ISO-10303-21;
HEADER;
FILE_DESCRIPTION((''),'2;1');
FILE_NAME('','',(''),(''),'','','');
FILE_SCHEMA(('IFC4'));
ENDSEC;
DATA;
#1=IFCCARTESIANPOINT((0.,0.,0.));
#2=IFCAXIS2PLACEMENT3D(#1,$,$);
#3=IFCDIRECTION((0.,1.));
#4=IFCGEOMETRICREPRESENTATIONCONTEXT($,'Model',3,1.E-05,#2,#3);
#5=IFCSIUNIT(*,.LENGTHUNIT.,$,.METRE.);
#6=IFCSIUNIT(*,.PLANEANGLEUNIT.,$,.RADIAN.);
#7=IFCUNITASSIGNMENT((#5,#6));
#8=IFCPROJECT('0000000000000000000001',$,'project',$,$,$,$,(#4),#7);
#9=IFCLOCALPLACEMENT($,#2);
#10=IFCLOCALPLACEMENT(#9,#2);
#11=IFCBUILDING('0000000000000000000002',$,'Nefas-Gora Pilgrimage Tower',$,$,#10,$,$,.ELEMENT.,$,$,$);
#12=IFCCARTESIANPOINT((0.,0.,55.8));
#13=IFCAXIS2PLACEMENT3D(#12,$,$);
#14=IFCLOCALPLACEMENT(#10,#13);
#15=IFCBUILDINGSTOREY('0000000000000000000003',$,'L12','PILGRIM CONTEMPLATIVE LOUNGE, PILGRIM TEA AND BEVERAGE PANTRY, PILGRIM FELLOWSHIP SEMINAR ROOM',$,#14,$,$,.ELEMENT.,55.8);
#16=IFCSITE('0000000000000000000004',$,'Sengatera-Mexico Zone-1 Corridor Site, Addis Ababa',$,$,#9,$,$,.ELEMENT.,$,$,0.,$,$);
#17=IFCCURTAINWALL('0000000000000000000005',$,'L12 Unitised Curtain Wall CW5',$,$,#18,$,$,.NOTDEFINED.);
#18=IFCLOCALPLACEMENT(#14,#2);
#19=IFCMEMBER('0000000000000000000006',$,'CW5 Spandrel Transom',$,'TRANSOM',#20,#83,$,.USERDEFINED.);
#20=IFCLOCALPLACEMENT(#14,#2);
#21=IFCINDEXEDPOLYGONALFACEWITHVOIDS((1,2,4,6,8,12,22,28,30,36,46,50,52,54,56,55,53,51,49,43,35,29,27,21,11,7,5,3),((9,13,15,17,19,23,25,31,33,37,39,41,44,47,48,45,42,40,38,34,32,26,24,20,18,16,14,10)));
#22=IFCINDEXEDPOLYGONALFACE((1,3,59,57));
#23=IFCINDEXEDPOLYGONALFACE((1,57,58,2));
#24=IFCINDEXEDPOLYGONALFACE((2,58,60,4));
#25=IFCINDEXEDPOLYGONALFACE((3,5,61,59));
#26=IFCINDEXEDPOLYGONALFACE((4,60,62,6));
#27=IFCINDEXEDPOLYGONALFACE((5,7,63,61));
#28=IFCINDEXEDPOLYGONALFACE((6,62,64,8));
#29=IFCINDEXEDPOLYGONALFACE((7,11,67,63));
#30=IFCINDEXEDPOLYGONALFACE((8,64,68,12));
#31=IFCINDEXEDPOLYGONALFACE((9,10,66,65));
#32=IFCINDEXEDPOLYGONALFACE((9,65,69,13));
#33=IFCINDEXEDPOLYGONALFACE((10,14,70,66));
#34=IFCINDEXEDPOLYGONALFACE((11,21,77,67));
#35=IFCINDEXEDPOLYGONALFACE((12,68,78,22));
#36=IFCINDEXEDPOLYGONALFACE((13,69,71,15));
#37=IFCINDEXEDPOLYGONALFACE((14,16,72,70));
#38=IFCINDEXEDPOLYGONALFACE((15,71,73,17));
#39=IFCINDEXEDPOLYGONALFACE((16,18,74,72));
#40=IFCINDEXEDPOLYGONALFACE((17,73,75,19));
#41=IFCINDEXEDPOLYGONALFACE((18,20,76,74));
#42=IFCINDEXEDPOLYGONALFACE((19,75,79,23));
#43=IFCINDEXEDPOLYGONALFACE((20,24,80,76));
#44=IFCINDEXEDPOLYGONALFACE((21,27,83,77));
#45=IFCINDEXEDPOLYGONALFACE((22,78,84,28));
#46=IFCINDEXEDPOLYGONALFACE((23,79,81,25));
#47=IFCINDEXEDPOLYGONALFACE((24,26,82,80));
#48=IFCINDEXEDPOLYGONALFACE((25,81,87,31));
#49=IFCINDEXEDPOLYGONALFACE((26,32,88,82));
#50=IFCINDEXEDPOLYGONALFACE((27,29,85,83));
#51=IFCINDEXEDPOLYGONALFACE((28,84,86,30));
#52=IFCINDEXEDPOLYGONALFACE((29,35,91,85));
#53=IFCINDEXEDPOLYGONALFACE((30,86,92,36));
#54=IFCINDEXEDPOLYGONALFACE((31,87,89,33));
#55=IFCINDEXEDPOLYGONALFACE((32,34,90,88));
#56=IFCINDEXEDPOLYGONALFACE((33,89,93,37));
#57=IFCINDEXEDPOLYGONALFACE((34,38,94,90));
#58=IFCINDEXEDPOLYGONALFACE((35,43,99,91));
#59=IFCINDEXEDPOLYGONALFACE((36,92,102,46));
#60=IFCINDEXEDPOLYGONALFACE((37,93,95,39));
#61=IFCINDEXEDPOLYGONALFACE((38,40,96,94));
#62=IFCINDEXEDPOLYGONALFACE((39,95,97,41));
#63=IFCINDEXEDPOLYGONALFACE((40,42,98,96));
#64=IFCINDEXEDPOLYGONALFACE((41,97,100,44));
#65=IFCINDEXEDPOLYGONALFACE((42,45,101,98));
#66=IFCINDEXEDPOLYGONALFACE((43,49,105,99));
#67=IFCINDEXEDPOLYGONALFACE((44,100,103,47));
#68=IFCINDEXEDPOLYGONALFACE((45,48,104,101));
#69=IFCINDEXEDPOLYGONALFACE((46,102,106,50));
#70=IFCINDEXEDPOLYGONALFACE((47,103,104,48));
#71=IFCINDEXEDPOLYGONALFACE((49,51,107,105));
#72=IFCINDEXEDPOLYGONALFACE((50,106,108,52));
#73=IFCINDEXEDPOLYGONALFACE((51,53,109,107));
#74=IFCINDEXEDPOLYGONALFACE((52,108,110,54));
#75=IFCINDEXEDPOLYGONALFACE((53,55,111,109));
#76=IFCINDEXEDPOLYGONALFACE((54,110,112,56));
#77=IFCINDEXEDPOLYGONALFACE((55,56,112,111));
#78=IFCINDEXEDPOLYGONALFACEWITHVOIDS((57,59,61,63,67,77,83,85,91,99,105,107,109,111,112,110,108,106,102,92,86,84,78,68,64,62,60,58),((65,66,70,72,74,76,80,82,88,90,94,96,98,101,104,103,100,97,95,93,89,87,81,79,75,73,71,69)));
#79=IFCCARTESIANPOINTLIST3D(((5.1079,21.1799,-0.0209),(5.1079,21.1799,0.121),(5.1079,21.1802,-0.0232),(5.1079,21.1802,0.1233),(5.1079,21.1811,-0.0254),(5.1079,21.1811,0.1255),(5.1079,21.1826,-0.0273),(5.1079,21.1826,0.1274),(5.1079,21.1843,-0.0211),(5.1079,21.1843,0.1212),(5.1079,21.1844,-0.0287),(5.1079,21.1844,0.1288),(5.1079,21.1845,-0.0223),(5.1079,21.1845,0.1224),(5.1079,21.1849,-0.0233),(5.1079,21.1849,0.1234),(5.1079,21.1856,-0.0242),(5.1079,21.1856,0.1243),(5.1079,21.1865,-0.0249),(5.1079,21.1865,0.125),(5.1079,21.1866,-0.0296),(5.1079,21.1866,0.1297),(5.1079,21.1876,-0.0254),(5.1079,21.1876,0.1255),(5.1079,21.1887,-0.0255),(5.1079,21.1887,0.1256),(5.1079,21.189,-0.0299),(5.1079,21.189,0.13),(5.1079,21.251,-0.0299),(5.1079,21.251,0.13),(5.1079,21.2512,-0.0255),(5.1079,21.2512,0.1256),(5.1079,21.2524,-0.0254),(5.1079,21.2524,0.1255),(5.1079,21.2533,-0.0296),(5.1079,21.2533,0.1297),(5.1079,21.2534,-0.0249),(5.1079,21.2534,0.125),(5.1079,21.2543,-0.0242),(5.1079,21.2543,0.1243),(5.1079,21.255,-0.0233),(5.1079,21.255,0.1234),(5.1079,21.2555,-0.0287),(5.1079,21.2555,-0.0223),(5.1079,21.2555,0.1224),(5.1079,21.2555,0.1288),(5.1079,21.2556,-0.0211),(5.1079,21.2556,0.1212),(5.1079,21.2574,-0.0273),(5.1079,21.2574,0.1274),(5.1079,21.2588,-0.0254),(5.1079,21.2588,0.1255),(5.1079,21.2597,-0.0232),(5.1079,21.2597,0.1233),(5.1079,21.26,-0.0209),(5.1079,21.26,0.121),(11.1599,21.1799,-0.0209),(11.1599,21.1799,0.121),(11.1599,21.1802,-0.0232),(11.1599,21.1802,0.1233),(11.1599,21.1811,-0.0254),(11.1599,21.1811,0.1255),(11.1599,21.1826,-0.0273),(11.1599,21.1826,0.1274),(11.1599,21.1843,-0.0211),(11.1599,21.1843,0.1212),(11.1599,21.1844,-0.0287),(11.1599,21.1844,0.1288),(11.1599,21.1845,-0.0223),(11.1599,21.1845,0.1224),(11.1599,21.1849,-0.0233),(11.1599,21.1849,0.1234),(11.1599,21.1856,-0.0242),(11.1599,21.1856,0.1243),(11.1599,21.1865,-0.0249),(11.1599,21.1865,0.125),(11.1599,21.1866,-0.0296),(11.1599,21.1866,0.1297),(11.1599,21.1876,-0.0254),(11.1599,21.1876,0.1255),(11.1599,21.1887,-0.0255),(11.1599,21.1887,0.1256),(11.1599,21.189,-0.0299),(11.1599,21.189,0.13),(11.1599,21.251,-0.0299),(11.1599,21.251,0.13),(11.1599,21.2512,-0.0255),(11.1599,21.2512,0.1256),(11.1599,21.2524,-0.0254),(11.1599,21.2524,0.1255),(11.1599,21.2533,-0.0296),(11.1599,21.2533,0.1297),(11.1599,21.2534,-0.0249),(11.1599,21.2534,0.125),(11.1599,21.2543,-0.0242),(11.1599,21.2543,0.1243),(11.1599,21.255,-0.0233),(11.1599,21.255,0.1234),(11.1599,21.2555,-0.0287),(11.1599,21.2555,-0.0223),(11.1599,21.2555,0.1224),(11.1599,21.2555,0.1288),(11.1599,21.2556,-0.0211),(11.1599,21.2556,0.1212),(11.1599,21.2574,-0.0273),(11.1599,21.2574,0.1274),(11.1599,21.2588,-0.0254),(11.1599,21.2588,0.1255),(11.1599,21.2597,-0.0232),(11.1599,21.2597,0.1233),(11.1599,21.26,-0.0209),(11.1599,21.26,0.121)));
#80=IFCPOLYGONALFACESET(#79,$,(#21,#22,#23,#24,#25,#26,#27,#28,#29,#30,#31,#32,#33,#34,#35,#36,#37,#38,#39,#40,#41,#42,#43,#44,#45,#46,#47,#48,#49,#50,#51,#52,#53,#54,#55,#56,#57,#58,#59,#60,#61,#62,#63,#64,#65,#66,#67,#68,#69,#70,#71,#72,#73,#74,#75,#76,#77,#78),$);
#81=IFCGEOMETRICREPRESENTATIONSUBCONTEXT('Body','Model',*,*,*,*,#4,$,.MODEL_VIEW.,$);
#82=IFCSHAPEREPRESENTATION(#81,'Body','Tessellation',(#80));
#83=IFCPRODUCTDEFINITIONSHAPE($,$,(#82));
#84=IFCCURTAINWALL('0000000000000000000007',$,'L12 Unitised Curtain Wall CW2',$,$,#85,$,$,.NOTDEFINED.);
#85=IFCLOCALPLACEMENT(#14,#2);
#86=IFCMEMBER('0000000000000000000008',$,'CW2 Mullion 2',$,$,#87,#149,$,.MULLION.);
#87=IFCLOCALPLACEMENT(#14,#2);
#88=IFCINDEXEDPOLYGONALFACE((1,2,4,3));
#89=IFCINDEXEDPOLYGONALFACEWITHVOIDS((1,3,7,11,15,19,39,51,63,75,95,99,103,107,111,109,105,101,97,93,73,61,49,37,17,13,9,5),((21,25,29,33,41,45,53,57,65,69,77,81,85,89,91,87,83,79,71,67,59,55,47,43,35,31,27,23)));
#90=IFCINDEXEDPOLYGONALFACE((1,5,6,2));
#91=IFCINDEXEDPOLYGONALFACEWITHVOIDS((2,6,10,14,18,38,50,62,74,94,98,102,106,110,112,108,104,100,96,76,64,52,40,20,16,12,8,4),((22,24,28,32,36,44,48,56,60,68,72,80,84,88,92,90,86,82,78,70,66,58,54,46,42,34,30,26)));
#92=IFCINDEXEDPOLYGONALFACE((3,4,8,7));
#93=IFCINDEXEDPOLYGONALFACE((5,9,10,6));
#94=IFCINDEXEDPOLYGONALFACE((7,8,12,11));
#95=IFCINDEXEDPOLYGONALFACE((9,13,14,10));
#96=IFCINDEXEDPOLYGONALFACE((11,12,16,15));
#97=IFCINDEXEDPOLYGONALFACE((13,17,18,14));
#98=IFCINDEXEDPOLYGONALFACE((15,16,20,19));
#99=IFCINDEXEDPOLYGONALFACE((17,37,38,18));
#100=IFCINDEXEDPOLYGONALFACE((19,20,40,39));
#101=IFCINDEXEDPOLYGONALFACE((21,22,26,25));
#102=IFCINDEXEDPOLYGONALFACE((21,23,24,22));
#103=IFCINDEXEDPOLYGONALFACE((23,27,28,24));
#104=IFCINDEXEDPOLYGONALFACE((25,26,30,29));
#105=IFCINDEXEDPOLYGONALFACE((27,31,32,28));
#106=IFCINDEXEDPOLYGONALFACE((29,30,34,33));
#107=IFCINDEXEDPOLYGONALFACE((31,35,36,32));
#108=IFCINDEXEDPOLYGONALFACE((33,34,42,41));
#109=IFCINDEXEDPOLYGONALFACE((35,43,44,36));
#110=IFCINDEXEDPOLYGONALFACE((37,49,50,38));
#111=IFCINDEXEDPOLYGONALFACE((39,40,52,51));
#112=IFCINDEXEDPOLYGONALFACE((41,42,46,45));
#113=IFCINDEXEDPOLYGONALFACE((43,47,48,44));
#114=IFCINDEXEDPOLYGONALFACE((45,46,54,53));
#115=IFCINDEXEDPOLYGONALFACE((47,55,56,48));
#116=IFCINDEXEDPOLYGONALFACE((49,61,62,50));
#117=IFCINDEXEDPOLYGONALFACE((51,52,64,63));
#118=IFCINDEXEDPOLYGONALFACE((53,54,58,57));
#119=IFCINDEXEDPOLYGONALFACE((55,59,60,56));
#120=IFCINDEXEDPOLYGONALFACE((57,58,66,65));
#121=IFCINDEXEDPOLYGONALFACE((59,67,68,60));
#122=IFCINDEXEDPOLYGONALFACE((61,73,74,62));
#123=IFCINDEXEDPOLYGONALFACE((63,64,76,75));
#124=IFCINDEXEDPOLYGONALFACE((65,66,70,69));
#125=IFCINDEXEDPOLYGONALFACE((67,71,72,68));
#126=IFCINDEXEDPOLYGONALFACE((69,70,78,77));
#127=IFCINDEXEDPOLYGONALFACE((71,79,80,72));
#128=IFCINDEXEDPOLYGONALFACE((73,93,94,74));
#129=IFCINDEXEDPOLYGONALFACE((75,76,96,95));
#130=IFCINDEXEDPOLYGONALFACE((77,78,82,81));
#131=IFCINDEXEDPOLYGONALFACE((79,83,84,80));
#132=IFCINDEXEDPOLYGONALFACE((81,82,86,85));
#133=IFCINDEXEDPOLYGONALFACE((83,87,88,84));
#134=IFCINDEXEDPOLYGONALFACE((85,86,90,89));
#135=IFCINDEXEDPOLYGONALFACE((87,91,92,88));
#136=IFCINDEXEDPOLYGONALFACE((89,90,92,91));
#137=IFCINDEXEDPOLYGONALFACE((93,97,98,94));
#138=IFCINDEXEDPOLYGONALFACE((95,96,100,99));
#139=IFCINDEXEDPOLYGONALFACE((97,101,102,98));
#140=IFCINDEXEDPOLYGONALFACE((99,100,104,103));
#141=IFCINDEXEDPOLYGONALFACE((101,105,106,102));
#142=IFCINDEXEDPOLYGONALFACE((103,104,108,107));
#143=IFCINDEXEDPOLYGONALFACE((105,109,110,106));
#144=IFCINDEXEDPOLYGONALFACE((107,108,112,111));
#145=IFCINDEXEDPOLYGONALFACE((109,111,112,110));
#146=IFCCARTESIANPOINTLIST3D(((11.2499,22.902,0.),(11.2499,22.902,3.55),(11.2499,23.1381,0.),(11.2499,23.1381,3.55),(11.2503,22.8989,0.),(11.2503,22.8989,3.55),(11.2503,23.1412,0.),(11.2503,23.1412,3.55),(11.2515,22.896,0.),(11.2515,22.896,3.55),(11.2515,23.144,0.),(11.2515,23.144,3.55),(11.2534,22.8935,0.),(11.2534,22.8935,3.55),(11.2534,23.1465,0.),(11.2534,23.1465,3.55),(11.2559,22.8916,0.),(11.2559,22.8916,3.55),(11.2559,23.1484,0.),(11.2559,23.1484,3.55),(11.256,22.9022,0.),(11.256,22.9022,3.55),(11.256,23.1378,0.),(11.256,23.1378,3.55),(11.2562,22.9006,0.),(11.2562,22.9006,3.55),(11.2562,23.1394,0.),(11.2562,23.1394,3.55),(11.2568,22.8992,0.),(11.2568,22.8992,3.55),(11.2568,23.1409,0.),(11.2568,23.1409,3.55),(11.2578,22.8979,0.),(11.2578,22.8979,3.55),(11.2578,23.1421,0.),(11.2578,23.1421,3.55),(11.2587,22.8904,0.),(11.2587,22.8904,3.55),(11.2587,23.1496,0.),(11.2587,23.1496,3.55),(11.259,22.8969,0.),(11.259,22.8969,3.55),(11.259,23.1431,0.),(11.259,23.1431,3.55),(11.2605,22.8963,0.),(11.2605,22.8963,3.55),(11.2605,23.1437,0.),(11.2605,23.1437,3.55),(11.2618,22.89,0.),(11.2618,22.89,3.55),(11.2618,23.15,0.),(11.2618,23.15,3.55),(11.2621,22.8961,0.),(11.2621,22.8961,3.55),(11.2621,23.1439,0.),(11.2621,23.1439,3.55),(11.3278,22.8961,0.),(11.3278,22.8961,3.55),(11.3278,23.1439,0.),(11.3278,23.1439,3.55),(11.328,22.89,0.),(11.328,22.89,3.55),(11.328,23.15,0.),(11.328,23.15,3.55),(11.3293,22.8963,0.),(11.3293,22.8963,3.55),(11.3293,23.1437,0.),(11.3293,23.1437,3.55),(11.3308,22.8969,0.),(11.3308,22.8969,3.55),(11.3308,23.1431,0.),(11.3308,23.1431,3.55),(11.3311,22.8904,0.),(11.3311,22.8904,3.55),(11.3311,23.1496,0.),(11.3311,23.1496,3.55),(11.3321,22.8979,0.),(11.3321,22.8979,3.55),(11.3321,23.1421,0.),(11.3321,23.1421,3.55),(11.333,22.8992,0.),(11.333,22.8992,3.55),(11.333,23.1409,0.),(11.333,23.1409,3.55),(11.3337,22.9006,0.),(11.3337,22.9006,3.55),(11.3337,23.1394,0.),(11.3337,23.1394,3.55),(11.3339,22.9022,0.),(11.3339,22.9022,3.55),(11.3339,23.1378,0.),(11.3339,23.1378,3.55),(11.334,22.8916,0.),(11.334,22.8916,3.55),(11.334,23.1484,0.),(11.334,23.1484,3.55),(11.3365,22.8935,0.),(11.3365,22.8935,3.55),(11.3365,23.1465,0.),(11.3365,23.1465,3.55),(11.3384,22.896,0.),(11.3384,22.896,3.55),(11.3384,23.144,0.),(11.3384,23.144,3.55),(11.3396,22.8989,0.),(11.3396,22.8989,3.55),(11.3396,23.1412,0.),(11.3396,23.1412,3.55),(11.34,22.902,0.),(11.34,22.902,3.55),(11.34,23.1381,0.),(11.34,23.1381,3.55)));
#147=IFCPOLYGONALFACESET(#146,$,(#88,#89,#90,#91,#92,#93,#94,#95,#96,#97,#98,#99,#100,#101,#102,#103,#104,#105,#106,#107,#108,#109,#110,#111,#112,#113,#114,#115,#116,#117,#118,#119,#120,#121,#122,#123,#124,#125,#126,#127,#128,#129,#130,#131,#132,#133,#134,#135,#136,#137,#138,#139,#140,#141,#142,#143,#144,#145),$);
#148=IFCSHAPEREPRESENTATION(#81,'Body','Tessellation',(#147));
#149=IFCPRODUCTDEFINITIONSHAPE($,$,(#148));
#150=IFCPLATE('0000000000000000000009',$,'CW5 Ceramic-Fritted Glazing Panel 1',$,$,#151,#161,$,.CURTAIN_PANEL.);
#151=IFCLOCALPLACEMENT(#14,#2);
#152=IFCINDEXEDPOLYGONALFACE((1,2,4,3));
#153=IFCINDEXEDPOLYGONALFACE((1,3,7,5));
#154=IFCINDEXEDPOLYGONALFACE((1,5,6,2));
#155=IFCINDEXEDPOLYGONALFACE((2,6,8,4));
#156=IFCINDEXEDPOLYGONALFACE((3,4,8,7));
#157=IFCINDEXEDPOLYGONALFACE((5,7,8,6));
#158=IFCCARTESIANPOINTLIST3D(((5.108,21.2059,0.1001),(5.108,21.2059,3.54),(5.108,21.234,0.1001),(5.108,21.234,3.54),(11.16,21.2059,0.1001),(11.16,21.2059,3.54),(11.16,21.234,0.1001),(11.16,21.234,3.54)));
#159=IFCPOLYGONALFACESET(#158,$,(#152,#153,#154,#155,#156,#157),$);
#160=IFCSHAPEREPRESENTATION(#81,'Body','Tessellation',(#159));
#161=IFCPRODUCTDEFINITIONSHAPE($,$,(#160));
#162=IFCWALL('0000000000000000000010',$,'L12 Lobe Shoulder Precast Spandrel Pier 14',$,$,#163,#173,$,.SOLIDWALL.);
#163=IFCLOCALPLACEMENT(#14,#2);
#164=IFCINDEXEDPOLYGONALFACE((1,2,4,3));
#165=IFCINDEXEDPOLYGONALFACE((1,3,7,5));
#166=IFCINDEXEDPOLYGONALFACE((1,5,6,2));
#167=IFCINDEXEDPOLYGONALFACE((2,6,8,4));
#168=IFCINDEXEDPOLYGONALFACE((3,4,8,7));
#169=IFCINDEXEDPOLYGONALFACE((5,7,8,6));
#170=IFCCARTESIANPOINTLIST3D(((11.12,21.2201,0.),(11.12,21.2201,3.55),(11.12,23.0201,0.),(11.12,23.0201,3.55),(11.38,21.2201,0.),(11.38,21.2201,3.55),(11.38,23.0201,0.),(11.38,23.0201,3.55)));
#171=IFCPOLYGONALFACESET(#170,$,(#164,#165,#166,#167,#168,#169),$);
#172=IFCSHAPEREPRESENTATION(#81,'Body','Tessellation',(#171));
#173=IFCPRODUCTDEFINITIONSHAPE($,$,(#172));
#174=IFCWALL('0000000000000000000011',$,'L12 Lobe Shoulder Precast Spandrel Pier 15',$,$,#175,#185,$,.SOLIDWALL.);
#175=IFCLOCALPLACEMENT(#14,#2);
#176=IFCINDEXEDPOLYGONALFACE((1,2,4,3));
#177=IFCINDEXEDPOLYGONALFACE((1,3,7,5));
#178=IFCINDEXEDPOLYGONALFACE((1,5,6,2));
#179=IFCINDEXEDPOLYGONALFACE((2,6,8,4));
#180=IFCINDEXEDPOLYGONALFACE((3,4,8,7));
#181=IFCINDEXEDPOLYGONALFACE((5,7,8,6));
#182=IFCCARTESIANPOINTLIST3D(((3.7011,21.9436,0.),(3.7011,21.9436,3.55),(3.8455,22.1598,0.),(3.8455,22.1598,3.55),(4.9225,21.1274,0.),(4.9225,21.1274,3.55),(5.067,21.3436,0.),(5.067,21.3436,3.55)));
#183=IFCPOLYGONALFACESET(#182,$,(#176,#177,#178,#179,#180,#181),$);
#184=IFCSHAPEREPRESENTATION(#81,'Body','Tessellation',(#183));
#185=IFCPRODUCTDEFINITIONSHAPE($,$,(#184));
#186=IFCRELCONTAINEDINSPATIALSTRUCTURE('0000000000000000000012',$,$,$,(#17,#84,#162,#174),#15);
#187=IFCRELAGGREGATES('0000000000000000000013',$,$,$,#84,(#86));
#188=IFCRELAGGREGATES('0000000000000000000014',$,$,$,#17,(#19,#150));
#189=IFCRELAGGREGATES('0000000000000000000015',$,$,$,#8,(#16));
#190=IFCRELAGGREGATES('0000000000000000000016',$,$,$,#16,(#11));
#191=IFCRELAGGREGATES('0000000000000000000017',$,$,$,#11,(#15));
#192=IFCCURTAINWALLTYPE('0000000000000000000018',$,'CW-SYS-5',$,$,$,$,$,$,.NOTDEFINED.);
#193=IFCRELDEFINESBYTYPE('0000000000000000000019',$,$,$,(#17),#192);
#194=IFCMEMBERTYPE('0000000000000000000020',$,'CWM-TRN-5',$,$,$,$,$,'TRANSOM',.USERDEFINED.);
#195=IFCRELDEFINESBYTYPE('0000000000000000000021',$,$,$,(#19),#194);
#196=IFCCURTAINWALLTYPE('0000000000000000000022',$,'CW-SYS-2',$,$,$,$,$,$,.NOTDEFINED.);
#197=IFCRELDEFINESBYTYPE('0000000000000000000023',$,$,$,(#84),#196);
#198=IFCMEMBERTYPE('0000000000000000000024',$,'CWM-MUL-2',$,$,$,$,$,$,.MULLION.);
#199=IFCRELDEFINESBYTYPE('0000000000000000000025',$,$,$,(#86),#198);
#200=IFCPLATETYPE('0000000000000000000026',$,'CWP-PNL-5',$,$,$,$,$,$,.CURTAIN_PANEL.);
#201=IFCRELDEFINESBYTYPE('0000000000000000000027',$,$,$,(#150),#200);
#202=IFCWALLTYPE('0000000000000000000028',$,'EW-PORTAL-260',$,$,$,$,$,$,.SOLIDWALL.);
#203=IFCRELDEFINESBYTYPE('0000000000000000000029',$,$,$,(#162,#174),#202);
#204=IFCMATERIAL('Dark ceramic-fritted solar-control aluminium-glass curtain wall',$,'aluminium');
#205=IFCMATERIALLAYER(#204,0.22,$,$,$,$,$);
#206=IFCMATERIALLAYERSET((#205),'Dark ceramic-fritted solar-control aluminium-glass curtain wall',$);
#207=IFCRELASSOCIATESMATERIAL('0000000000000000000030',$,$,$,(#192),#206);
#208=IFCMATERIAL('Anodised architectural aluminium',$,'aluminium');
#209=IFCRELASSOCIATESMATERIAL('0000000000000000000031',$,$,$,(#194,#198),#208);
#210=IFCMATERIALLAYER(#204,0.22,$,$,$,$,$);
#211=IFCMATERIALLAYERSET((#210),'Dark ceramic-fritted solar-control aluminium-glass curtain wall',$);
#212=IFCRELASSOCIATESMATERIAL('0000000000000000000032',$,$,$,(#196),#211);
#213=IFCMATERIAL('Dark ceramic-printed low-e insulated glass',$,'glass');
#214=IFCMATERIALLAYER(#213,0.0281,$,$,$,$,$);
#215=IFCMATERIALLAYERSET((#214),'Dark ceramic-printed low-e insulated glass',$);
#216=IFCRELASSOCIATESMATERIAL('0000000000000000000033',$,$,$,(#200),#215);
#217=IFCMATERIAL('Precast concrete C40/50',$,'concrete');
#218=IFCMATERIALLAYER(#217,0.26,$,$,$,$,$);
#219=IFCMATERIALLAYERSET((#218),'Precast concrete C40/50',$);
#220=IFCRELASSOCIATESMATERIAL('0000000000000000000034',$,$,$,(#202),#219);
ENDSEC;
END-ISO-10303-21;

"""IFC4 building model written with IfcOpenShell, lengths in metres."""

from ifc_helpers import new_model, si_unit, direction, frame, frame_2d, origin, origin_2d, place, context, subcontext, project, spatial, rectangle, hollow_rectangle, extrude, source, transform, mapped, material, layer, layer_set, material_profile, profile_set, type_object, element, aggregate, save


model = new_model("IFC4")

# Units and contexts
model_context = context("Model", 3, precision=1e-05, world=origin(), true_north=direction((0.0, 1.0)))
body_context = subcontext(model_context, "Body", "Model", "MODEL_VIEW")
ifc_project = project(units=[si_unit("LENGTHUNIT", "METRE"), si_unit("PLANEANGLEUNIT", "RADIAN")], contexts=[model_context])

# Site, building, storey
site_placement = place(None, origin())
site = spatial("IfcSite", under=ifc_project, at=site_placement, Name="Sengatera-Mexico Zone-1 Corridor Site, Addis Ababa", CompositionType="ELEMENT", RefElevation=0.0)
building_placement = place(site_placement, origin())
building = spatial("IfcBuilding", under=site, at=building_placement, Name="Nefas-Gora Pilgrimage Tower", CompositionType="ELEMENT")
storey_placement = place(building_placement, frame((0.0, 0.0, 55.8)))
storey = spatial("IfcBuildingStorey", under=building, at=storey_placement, Name="L12", Description="PILGRIM CONTEMPLATIVE LOUNGE, PILGRIM TEA AND BEVERAGE PANTRY, PILGRIM FELLOWSHIP SEMINAR ROOM", CompositionType="ELEMENT", Elevation=55.8)

# Curtain wall, member
ifc_material_1 = material(Name="Dark ceramic-fritted solar-control aluminium-glass curtain wall", Category="aluminium")
ifc_layer_1 = layer(ifc_material_1, 0.22)
ifc_layer_set_1 = layer_set([ifc_layer_1], Name="Dark ceramic-fritted solar-control aluminium-glass curtain wall")
curtain_wall_type_1 = type_object("IfcCurtainWallType", Name="CW-SYS-5", PredefinedType="NOTDEFINED", material=ifc_layer_set_1)
curtain_wall_1_placement = place(storey_placement, origin())
curtain_wall_1 = element("IfcCurtainWall", 1, at=curtain_wall_1_placement, inside=storey, type_object=curtain_wall_type_1, Name="L12 Unitised Curtain Wall CW5", PredefinedType="NOTDEFINED")
ifc_material_2 = material(Name="Anodised architectural aluminium", Category="aluminium")
ifc_material_profile_1 = material_profile(ifc_material_2, hollow_rectangle(XDim=0.0801, YDim=0.1599, WallThickness=0.0044, InnerFilletRadius=0.0044, OuterFilletRadius=0.009, at=origin_2d()), Name="ALU TRANSOM 80x160")
ifc_profile_set_1 = profile_set([ifc_material_profile_1], Name="Anodised architectural aluminium")
member_type_1 = type_object("IfcMemberType", Name="CWM-TRN-5", ElementType="TRANSOM", PredefinedType="USERDEFINED", material=ifc_profile_set_1)
shared_shape_1 = source(origin(), body_context, "Body", "SweptSolid", [
    extrude(hollow_rectangle(XDim=0.0801, YDim=0.1599, WallThickness=0.0044, InnerFilletRadius=0.0044, OuterFilletRadius=0.009, at=origin_2d()), origin(), (0.0, 0.0, 1.0), 6.052),
])
member_1_placement = place(storey_placement, frame((11.1599, 21.22, 0.05), z_axis=(-1.0, 0.0, 0.0), x_axis=(0.0, -1.0, 0.0)))
member_1 = element("IfcMember", 2, at=member_1_placement, type_object=member_type_1, Name="CW5 Spandrel Transom", ObjectType="TRANSOM", PredefinedType="USERDEFINED", context=body_context, shape_type="MappedRepresentation", body=[
    mapped(shared_shape_1, transform((0.0, 0.0, 0.0), x_axis=(1.0, 0.0, 0.0), y_axis=(0.0, 1.0, 0.0), z_axis=(0.0, 0.0, 1.0), scale=1.0)),
])

# Curtain wall, member
ifc_layer_2 = layer(ifc_material_1, 0.22)
ifc_layer_set_2 = layer_set([ifc_layer_2], Name="Dark ceramic-fritted solar-control aluminium-glass curtain wall")
curtain_wall_type_2 = type_object("IfcCurtainWallType", Name="CW-SYS-2", PredefinedType="NOTDEFINED", material=ifc_layer_set_2)
curtain_wall_2_placement = place(storey_placement, origin())
curtain_wall_2 = element("IfcCurtainWall", 3, at=curtain_wall_2_placement, inside=storey, type_object=curtain_wall_type_2, Name="L12 Unitised Curtain Wall CW2", PredefinedType="NOTDEFINED")
ifc_material_profile_2 = material_profile(ifc_material_2, hollow_rectangle(XDim=0.0901, YDim=0.26, WallThickness=0.0061, InnerFilletRadius=0.0061, OuterFilletRadius=0.012, at=origin_2d()), Name="ALU MULLION 90x260")
ifc_profile_set_2 = profile_set([ifc_material_profile_2], Name="Anodised architectural aluminium")
member_type_2 = type_object("IfcMemberType", Name="CWM-MUL-2", PredefinedType="MULLION", material=ifc_profile_set_2)
shared_shape_2 = source(origin(), body_context, "Body", "SweptSolid", [
    extrude(hollow_rectangle(XDim=0.0901, YDim=0.26, WallThickness=0.0061, InnerFilletRadius=0.0061, OuterFilletRadius=0.012, at=origin_2d()), origin(), (0.0, 0.0, 1.0), 3.55),
])
member_2_placement = place(storey_placement, frame((11.2949, 23.02, 0.0), z_axis=(0.0, 0.0, 1.0), x_axis=(-1.0, 0.0, 0.0)))
member_2 = element("IfcMember", 4, at=member_2_placement, type_object=member_type_2, Name="CW2 Mullion 2", PredefinedType="MULLION", context=body_context, shape_type="MappedRepresentation", body=[
    mapped(shared_shape_2, transform((0.0, 0.0, 0.0), x_axis=(1.0, 0.0, 0.0), y_axis=(0.0, 1.0, 0.0), z_axis=(0.0, 0.0, 1.0), scale=1.0)),
])
aggregate(curtain_wall_2, [member_2])

# Plate
ifc_material_3 = material(Name="Dark ceramic-printed low-e insulated glass", Category="glass")
ifc_layer_3 = layer(ifc_material_3, 0.0281)
ifc_layer_set_3 = layer_set([ifc_layer_3], Name="Dark ceramic-printed low-e insulated glass")
plate_type = type_object("IfcPlateType", Name="CWP-PNL-5", PredefinedType="CURTAIN_PANEL", material=ifc_layer_set_3)
shared_shape_3 = source(origin(), body_context, "Body", "SweptSolid", [
    extrude(rectangle(XDim=6.052, YDim=0.0281, at=origin_2d()), origin(), (0.0, 0.0, 1.0), 3.4399),
])
plate_placement = place(storey_placement, frame((8.134, 21.22, 0.1001), z_axis=(0.0, 0.0, 1.0), x_axis=(-1.0, 0.0, 0.0)))
plate = element("IfcPlate", 5, at=plate_placement, type_object=plate_type, Name="CW5 Ceramic-Fritted Glazing Panel 1", PredefinedType="CURTAIN_PANEL", context=body_context, shape_type="MappedRepresentation", body=[
    mapped(shared_shape_3, transform((0.0, 0.0, 0.0), x_axis=(1.0, 0.0, 0.0), y_axis=(0.0, 1.0, 0.0), z_axis=(0.0, 0.0, 1.0), scale=1.0)),
])
aggregate(curtain_wall_1, [member_1, plate])

# Walls
ifc_material_4 = material(Name="Precast concrete C40/50", Category="concrete")
ifc_layer_4 = layer(ifc_material_4, 0.26)
ifc_layer_set_4 = layer_set([ifc_layer_4], Name="Precast concrete C40/50")
wall_type_1 = type_object("IfcWallType", Name="EW-PORTAL-260", PredefinedType="SOLIDWALL", material=ifc_layer_set_4)
shared_shape_4 = source(origin(), body_context, "Body", "SweptSolid", [
    extrude(rectangle(XDim=1.8, YDim=0.26, at=frame_2d((0.8999, 0.0))), origin(), (0.0, 0.0, 1.0), 3.55),
])
wall_1_placement = place(storey_placement, frame((11.25, 23.02, 0.0), z_axis=(0.0, 0.0, 1.0), x_axis=(0.0, -1.0, 0.0)))
element("IfcWall", 6, at=wall_1_placement, inside=storey, type_object=wall_type_1, Name="L12 Lobe Shoulder Precast Spandrel Pier 14", PredefinedType="SOLIDWALL", context=body_context, shape_type="MappedRepresentation", body=[
    mapped(shared_shape_4, transform((0.0, 0.0, 0.0), x_axis=(1.0, 0.0, 0.0), y_axis=(0.0, 1.0, 0.0), z_axis=(0.0, 0.0, 1.0), scale=1.0)),
])
shared_shape_5 = source(origin(), body_context, "Body", "SweptSolid", [
    extrude(rectangle(XDim=1.469, YDim=0.26, at=frame_2d((0.7344, 0.0))), origin(), (0.0, 0.0, 1.0), 3.55),
])
wall_2_placement = place(storey_placement, frame((4.9946, 21.2356, 0.0), z_axis=(0.0, 0.0, 1.0), x_axis=(-0.831462, 0.555582, 0.0)))
element("IfcWall", 7, at=wall_2_placement, inside=storey, type_object=wall_type_1, Name="L12 Lobe Shoulder Precast Spandrel Pier 15", PredefinedType="SOLIDWALL", context=body_context, shape_type="MappedRepresentation", body=[
    mapped(shared_shape_5, transform((0.0, 0.0, 0.0), x_axis=(1.0, 0.0, 0.0), y_axis=(0.0, 1.0, 0.0), z_axis=(0.0, 0.0, 1.0), scale=1.0)),
])

save(model, "model.ifc")
